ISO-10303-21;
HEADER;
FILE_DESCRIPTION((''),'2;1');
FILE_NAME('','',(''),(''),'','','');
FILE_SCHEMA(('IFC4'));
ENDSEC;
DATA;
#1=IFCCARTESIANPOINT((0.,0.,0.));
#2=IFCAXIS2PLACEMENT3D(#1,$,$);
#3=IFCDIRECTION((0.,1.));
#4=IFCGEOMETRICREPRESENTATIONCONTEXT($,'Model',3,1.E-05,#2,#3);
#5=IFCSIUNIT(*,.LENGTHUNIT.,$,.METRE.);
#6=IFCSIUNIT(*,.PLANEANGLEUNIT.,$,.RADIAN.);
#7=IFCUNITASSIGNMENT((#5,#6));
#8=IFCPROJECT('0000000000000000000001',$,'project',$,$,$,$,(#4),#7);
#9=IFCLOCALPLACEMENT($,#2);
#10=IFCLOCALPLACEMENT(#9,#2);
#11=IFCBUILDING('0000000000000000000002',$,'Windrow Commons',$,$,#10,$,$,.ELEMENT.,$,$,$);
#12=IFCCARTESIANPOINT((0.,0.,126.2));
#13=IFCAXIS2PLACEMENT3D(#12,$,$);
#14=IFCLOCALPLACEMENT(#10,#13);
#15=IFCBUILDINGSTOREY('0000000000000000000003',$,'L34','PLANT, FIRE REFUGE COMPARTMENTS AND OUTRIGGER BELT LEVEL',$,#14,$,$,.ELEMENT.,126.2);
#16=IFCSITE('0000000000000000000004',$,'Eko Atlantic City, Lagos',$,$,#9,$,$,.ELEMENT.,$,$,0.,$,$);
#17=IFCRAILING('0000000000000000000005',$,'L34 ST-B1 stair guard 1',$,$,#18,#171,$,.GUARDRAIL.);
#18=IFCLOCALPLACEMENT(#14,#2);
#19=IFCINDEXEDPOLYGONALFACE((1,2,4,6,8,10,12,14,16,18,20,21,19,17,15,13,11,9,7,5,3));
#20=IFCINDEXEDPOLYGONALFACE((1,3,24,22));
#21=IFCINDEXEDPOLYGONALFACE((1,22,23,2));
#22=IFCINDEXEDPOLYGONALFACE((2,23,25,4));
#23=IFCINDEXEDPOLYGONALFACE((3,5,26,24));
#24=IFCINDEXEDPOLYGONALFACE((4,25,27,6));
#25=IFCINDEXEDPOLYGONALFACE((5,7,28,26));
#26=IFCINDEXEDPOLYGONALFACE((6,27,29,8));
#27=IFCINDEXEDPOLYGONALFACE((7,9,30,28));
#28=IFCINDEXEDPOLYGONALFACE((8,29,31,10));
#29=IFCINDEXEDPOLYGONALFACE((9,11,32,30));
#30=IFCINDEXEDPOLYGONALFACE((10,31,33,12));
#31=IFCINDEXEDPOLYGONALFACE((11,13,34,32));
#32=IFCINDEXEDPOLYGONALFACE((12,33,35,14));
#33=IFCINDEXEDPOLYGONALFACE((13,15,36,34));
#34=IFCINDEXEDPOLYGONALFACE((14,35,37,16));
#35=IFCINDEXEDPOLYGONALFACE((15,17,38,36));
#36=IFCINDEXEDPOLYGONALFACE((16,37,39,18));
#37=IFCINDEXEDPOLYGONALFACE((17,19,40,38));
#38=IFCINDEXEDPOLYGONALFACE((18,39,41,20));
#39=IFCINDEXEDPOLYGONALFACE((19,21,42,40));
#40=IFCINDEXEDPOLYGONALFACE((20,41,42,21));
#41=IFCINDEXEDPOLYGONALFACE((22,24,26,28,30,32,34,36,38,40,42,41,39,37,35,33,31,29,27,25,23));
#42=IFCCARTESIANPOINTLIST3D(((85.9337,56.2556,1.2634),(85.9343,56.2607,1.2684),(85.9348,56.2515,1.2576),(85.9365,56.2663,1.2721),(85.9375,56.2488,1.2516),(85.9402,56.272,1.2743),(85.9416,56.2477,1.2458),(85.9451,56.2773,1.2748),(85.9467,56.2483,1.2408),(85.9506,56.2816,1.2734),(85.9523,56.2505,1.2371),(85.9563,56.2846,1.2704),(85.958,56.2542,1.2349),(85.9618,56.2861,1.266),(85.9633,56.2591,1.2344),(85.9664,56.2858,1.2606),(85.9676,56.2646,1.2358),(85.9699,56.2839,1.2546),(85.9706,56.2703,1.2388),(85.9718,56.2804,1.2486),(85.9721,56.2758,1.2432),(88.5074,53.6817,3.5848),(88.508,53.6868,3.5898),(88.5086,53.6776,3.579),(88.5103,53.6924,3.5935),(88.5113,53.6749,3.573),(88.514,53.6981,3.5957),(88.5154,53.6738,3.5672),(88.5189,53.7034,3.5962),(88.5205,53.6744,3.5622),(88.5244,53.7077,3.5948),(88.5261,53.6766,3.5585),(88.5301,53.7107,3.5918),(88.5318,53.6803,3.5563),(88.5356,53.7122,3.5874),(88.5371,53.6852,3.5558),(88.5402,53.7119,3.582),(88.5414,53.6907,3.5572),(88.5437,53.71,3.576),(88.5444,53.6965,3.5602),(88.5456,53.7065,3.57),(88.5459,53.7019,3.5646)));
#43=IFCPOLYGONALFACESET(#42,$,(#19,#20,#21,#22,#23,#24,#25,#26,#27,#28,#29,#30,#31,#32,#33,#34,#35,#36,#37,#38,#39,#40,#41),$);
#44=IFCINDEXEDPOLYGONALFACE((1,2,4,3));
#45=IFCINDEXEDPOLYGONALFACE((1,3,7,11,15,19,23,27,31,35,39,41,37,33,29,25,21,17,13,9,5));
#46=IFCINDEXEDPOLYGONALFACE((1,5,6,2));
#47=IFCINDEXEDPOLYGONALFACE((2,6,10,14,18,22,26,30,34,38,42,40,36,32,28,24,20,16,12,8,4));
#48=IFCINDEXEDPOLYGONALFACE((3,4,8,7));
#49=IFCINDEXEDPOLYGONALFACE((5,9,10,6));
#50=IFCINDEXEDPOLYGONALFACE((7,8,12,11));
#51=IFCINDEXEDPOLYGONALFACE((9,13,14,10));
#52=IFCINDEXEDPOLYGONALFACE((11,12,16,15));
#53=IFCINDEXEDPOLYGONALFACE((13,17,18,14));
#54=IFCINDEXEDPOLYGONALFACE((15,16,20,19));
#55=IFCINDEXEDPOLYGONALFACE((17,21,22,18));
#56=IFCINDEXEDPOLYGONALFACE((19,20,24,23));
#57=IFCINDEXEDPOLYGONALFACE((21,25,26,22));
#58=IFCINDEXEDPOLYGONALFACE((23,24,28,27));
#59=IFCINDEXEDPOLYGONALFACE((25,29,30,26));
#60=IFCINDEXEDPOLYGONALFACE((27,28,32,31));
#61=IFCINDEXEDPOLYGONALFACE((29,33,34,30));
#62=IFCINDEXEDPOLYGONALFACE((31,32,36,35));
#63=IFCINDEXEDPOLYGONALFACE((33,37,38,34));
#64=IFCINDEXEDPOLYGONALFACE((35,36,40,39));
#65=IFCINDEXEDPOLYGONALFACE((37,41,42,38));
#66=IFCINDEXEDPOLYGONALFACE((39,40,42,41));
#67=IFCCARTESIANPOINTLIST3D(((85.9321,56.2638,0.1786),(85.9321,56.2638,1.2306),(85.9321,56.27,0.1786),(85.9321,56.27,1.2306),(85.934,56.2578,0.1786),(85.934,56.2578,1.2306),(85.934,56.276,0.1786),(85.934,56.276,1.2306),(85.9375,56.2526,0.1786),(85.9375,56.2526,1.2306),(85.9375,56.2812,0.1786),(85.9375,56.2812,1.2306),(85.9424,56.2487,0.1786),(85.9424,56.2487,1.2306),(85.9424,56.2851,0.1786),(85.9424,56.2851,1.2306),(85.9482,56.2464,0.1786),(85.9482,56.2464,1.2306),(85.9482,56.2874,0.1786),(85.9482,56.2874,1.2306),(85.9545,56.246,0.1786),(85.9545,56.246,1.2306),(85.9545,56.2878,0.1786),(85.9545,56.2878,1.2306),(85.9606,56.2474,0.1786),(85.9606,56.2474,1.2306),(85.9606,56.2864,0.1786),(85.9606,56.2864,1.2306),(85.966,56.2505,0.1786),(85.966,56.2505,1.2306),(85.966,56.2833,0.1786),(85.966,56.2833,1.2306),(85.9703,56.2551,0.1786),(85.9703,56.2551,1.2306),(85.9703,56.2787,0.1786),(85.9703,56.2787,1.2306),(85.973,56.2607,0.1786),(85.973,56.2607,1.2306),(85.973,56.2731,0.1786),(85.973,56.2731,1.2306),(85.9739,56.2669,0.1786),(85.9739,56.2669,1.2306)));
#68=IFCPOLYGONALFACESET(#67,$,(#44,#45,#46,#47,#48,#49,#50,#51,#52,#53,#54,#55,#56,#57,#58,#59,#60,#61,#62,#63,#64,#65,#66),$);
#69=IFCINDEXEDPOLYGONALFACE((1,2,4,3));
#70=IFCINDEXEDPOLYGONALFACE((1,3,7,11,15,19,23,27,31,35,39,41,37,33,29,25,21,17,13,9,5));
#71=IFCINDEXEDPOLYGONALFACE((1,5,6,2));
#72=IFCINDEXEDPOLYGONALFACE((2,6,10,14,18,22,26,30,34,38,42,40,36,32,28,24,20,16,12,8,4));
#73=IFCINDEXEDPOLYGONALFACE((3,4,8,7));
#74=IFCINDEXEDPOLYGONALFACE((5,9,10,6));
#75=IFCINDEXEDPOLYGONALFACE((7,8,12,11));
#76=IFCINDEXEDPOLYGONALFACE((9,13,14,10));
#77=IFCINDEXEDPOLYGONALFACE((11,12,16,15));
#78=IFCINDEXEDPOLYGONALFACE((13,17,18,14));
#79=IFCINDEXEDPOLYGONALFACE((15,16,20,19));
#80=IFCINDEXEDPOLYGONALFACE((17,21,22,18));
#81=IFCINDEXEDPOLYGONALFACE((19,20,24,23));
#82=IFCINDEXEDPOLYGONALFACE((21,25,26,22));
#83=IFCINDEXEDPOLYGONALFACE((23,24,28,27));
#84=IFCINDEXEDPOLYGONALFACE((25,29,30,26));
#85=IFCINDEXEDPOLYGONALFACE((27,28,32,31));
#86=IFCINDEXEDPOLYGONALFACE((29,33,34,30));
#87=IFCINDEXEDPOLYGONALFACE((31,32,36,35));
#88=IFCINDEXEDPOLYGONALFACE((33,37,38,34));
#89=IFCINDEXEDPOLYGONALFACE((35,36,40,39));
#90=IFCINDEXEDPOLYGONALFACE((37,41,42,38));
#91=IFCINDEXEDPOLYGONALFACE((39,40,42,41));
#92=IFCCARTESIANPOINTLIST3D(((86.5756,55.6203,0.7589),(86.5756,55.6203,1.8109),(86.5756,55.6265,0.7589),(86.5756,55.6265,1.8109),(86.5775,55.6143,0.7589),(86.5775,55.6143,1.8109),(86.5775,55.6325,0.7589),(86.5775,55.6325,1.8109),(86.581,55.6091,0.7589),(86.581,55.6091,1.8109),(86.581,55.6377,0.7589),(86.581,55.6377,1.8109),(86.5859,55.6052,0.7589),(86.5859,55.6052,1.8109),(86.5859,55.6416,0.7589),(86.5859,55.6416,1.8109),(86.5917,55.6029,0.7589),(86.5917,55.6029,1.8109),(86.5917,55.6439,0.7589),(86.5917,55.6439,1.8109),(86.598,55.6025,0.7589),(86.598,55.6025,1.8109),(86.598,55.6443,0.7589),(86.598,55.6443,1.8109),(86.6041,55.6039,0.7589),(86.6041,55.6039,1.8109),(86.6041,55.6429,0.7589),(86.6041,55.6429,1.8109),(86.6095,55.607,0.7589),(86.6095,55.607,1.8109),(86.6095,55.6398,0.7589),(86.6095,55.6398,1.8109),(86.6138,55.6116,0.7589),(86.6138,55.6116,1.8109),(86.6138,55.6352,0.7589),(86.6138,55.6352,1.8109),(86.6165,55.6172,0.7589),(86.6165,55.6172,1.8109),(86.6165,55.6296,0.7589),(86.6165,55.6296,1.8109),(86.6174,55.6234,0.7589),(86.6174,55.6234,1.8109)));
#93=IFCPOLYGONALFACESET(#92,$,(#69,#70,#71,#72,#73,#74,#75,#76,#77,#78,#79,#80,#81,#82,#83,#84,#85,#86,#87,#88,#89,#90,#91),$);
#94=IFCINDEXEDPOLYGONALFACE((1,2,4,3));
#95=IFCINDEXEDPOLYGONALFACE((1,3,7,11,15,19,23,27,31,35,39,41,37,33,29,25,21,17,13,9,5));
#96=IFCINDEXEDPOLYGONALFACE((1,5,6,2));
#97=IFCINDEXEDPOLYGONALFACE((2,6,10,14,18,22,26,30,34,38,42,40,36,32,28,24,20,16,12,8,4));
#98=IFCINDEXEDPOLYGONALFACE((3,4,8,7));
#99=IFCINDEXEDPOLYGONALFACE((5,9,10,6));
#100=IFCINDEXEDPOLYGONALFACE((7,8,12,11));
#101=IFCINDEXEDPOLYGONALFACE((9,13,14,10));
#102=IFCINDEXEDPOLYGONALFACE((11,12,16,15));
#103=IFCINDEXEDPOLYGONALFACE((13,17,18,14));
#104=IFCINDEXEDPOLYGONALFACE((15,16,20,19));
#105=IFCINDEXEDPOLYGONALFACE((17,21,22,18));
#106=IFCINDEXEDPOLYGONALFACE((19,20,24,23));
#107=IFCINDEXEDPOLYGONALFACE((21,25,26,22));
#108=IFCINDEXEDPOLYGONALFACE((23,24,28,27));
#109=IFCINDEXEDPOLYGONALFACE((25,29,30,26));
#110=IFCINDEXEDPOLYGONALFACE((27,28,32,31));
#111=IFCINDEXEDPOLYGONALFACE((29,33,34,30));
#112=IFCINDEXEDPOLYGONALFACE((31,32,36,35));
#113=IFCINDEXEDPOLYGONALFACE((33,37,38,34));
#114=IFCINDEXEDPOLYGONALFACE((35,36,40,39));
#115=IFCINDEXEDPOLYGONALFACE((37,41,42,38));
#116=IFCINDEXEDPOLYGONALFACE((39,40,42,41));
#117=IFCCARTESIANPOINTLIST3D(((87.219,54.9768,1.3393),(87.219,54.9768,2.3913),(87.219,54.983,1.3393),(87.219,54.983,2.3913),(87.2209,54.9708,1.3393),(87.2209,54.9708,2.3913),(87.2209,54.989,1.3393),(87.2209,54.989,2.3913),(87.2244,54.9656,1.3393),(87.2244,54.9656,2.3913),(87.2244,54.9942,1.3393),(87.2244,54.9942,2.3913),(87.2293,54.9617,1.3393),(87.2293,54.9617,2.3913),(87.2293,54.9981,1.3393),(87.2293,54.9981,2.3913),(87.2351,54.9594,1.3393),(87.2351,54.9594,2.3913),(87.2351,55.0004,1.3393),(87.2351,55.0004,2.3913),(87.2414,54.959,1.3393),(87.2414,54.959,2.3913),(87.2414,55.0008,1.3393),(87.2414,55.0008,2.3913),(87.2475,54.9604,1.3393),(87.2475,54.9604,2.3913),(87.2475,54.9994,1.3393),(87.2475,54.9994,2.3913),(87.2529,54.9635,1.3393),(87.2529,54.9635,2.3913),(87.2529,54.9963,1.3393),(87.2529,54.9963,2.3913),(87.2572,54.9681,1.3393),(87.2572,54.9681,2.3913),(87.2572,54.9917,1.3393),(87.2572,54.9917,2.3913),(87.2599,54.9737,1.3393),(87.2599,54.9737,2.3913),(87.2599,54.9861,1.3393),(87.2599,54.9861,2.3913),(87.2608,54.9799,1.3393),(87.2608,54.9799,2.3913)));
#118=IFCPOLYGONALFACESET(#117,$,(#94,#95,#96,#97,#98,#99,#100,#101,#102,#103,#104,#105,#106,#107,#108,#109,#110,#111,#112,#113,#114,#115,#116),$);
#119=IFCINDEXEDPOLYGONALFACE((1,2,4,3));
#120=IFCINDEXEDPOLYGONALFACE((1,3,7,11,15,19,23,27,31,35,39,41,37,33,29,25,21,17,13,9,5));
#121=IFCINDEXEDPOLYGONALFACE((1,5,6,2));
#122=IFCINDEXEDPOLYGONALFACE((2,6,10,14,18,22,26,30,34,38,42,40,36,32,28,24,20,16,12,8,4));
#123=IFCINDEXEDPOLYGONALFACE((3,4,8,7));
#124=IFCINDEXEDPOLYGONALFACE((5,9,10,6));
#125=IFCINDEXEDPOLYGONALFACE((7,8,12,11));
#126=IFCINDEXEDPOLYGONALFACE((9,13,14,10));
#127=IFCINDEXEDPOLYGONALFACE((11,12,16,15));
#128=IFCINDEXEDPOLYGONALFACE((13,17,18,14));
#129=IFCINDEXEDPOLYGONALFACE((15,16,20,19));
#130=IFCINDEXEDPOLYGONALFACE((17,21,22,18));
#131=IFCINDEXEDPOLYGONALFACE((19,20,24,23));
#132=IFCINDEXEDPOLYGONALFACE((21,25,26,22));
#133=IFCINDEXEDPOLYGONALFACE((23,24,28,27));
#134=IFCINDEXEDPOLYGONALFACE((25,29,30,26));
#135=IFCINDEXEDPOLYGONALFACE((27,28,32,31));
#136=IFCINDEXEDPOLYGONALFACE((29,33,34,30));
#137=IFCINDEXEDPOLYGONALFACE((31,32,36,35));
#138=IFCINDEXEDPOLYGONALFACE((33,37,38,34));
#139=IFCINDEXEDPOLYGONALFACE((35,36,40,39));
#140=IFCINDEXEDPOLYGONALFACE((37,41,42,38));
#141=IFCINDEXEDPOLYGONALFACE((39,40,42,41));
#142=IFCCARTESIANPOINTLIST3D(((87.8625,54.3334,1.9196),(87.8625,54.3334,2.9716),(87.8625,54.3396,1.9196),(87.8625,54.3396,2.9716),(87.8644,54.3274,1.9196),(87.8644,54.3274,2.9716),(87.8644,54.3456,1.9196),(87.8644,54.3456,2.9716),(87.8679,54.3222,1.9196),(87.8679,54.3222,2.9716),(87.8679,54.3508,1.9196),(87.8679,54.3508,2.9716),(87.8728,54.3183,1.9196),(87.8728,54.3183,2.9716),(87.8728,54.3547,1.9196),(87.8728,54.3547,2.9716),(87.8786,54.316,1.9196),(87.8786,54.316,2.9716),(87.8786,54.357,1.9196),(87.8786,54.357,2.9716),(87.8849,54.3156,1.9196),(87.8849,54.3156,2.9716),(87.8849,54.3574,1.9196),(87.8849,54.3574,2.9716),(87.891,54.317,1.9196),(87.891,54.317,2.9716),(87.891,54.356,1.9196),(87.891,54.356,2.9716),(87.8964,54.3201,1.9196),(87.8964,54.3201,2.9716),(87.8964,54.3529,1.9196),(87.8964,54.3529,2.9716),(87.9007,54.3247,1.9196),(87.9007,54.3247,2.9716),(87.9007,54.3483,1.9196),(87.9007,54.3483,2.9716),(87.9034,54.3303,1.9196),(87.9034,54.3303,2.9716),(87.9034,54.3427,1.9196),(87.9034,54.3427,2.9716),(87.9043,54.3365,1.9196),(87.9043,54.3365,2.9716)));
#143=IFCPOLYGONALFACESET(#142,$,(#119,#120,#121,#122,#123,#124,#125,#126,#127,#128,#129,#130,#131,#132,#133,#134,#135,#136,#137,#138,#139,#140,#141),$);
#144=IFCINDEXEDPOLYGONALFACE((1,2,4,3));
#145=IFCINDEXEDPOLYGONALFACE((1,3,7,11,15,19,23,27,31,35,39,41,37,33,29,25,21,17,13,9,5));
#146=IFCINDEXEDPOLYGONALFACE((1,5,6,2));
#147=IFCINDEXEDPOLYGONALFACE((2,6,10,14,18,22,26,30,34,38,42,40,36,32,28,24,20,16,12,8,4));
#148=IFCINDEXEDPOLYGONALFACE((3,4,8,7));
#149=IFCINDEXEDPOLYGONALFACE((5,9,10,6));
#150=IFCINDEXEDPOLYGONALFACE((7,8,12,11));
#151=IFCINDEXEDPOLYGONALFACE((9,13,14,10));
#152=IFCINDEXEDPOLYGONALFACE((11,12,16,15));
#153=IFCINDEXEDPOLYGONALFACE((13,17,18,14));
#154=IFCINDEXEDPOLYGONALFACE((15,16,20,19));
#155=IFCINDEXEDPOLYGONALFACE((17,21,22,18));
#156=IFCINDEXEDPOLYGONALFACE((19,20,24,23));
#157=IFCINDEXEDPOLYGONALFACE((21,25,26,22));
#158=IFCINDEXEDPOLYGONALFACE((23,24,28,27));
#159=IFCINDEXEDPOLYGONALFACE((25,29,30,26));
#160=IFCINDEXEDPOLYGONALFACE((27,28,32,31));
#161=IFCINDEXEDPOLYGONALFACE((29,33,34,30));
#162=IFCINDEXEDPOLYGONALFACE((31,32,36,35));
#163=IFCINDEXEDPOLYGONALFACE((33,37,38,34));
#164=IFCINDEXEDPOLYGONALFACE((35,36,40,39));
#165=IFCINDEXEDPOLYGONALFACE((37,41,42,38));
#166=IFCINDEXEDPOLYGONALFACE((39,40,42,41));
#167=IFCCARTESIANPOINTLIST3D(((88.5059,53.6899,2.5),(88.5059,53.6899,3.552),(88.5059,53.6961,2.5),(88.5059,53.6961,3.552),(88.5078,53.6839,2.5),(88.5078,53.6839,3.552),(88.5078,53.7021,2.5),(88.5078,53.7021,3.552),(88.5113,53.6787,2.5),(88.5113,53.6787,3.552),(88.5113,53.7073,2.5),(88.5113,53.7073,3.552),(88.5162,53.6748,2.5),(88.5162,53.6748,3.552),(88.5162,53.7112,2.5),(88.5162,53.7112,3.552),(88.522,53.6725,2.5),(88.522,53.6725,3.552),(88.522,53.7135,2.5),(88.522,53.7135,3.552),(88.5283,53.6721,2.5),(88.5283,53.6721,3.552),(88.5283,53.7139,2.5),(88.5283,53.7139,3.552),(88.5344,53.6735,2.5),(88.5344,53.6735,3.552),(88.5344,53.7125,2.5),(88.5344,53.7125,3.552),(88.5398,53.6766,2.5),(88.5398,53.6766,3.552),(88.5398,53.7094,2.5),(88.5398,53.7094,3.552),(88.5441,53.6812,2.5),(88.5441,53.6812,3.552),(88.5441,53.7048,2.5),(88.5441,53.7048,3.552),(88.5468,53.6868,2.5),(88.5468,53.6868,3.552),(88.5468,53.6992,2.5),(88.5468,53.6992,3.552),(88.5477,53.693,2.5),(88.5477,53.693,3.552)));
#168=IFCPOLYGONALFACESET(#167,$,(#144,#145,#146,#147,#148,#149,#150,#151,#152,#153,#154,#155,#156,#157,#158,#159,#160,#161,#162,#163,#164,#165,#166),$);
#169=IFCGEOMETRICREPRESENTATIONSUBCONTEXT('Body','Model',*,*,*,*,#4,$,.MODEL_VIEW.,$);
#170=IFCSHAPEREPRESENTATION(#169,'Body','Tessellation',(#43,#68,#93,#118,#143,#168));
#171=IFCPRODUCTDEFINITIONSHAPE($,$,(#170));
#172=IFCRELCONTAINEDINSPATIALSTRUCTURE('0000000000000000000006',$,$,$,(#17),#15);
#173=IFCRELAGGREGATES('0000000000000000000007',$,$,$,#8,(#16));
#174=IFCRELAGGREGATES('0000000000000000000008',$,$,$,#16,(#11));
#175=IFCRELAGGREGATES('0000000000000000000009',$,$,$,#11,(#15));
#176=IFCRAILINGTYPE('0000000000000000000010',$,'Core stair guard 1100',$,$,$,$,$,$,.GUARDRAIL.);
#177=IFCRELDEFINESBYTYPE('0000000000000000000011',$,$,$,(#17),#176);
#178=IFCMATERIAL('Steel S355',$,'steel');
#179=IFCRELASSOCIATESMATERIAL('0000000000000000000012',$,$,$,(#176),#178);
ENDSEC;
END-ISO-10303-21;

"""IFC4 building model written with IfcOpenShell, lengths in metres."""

from ifc_helpers import new_model, si_unit, direction, frame, origin, origin_2d, place, context, subcontext, project, spatial, circle, extrude, material, type_object, element, save


model = new_model("IFC4")

# Units and contexts
model_context = context("Model", 3, precision=1e-05, world=origin(), true_north=direction((0.0, 1.0)))
body_context = subcontext(model_context, "Body", "Model", "MODEL_VIEW")
ifc_project = project(units=[si_unit("LENGTHUNIT", "METRE"), si_unit("PLANEANGLEUNIT", "RADIAN")], contexts=[model_context])

# Site, building, storey
site_placement = place(None, origin())
site = spatial("IfcSite", under=ifc_project, at=site_placement, Name="Eko Atlantic City, Lagos", CompositionType="ELEMENT", RefElevation=0.0)
building_placement = place(site_placement, origin())
building = spatial("IfcBuilding", under=site, at=building_placement, Name="Windrow Commons", CompositionType="ELEMENT")
storey_placement = place(building_placement, frame((0.0, 0.0, 126.2)))
storey = spatial("IfcBuildingStorey", under=building, at=storey_placement, Name="L34", Description="PLANT, FIRE REFUGE COMPARTMENTS AND OUTRIGGER BELT LEVEL", CompositionType="ELEMENT", Elevation=126.2)

# Railing
ifc_material_1 = material(Name="Steel S355", Category="steel")
railing_type_1 = type_object("IfcRailingType", Name="Core stair guard 1100", PredefinedType="GUARDRAIL", material=ifc_material_1)
railing_1_placement = place(storey_placement, frame((85.9529, 56.2669, 0.1786)))
element("IfcRailing", 1, at=railing_1_placement, inside=storey, type_object=railing_type_1, Name="L34 ST-B1 stair guard 1", PredefinedType="GUARDRAIL", context=body_context, shape_type="SweptSolid", body=[
    extrude(circle(Radius=0.024, at=origin_2d()), frame((0.0, 0.0, 1.076), z_axis=(0.596172, -0.596195, 0.537708), x_axis=(0.707121, 0.707093, 0.0)), (0.0, 0.0, 1.0), 4.3172),
    extrude(circle(Radius=0.021, at=origin_2d()), origin(), (0.0, 0.0, 1.0), 1.052),
    extrude(circle(Radius=0.021, at=origin_2d()), frame((0.6435, -0.6435, 0.5803)), (0.0, 0.0, 1.0), 1.052),
    extrude(circle(Radius=0.021, at=origin_2d()), frame((1.2869, -1.287, 1.1607)), (0.0, 0.0, 1.0), 1.052),
    extrude(circle(Radius=0.021, at=origin_2d()), frame((1.9304, -1.9304, 1.741)), (0.0, 0.0, 1.0), 1.052),
    extrude(circle(Radius=0.021, at=origin_2d()), frame((2.5738, -2.5739, 2.3214)), (0.0, 0.0, 1.0), 1.052),
])

save(model, "model.ifc")
